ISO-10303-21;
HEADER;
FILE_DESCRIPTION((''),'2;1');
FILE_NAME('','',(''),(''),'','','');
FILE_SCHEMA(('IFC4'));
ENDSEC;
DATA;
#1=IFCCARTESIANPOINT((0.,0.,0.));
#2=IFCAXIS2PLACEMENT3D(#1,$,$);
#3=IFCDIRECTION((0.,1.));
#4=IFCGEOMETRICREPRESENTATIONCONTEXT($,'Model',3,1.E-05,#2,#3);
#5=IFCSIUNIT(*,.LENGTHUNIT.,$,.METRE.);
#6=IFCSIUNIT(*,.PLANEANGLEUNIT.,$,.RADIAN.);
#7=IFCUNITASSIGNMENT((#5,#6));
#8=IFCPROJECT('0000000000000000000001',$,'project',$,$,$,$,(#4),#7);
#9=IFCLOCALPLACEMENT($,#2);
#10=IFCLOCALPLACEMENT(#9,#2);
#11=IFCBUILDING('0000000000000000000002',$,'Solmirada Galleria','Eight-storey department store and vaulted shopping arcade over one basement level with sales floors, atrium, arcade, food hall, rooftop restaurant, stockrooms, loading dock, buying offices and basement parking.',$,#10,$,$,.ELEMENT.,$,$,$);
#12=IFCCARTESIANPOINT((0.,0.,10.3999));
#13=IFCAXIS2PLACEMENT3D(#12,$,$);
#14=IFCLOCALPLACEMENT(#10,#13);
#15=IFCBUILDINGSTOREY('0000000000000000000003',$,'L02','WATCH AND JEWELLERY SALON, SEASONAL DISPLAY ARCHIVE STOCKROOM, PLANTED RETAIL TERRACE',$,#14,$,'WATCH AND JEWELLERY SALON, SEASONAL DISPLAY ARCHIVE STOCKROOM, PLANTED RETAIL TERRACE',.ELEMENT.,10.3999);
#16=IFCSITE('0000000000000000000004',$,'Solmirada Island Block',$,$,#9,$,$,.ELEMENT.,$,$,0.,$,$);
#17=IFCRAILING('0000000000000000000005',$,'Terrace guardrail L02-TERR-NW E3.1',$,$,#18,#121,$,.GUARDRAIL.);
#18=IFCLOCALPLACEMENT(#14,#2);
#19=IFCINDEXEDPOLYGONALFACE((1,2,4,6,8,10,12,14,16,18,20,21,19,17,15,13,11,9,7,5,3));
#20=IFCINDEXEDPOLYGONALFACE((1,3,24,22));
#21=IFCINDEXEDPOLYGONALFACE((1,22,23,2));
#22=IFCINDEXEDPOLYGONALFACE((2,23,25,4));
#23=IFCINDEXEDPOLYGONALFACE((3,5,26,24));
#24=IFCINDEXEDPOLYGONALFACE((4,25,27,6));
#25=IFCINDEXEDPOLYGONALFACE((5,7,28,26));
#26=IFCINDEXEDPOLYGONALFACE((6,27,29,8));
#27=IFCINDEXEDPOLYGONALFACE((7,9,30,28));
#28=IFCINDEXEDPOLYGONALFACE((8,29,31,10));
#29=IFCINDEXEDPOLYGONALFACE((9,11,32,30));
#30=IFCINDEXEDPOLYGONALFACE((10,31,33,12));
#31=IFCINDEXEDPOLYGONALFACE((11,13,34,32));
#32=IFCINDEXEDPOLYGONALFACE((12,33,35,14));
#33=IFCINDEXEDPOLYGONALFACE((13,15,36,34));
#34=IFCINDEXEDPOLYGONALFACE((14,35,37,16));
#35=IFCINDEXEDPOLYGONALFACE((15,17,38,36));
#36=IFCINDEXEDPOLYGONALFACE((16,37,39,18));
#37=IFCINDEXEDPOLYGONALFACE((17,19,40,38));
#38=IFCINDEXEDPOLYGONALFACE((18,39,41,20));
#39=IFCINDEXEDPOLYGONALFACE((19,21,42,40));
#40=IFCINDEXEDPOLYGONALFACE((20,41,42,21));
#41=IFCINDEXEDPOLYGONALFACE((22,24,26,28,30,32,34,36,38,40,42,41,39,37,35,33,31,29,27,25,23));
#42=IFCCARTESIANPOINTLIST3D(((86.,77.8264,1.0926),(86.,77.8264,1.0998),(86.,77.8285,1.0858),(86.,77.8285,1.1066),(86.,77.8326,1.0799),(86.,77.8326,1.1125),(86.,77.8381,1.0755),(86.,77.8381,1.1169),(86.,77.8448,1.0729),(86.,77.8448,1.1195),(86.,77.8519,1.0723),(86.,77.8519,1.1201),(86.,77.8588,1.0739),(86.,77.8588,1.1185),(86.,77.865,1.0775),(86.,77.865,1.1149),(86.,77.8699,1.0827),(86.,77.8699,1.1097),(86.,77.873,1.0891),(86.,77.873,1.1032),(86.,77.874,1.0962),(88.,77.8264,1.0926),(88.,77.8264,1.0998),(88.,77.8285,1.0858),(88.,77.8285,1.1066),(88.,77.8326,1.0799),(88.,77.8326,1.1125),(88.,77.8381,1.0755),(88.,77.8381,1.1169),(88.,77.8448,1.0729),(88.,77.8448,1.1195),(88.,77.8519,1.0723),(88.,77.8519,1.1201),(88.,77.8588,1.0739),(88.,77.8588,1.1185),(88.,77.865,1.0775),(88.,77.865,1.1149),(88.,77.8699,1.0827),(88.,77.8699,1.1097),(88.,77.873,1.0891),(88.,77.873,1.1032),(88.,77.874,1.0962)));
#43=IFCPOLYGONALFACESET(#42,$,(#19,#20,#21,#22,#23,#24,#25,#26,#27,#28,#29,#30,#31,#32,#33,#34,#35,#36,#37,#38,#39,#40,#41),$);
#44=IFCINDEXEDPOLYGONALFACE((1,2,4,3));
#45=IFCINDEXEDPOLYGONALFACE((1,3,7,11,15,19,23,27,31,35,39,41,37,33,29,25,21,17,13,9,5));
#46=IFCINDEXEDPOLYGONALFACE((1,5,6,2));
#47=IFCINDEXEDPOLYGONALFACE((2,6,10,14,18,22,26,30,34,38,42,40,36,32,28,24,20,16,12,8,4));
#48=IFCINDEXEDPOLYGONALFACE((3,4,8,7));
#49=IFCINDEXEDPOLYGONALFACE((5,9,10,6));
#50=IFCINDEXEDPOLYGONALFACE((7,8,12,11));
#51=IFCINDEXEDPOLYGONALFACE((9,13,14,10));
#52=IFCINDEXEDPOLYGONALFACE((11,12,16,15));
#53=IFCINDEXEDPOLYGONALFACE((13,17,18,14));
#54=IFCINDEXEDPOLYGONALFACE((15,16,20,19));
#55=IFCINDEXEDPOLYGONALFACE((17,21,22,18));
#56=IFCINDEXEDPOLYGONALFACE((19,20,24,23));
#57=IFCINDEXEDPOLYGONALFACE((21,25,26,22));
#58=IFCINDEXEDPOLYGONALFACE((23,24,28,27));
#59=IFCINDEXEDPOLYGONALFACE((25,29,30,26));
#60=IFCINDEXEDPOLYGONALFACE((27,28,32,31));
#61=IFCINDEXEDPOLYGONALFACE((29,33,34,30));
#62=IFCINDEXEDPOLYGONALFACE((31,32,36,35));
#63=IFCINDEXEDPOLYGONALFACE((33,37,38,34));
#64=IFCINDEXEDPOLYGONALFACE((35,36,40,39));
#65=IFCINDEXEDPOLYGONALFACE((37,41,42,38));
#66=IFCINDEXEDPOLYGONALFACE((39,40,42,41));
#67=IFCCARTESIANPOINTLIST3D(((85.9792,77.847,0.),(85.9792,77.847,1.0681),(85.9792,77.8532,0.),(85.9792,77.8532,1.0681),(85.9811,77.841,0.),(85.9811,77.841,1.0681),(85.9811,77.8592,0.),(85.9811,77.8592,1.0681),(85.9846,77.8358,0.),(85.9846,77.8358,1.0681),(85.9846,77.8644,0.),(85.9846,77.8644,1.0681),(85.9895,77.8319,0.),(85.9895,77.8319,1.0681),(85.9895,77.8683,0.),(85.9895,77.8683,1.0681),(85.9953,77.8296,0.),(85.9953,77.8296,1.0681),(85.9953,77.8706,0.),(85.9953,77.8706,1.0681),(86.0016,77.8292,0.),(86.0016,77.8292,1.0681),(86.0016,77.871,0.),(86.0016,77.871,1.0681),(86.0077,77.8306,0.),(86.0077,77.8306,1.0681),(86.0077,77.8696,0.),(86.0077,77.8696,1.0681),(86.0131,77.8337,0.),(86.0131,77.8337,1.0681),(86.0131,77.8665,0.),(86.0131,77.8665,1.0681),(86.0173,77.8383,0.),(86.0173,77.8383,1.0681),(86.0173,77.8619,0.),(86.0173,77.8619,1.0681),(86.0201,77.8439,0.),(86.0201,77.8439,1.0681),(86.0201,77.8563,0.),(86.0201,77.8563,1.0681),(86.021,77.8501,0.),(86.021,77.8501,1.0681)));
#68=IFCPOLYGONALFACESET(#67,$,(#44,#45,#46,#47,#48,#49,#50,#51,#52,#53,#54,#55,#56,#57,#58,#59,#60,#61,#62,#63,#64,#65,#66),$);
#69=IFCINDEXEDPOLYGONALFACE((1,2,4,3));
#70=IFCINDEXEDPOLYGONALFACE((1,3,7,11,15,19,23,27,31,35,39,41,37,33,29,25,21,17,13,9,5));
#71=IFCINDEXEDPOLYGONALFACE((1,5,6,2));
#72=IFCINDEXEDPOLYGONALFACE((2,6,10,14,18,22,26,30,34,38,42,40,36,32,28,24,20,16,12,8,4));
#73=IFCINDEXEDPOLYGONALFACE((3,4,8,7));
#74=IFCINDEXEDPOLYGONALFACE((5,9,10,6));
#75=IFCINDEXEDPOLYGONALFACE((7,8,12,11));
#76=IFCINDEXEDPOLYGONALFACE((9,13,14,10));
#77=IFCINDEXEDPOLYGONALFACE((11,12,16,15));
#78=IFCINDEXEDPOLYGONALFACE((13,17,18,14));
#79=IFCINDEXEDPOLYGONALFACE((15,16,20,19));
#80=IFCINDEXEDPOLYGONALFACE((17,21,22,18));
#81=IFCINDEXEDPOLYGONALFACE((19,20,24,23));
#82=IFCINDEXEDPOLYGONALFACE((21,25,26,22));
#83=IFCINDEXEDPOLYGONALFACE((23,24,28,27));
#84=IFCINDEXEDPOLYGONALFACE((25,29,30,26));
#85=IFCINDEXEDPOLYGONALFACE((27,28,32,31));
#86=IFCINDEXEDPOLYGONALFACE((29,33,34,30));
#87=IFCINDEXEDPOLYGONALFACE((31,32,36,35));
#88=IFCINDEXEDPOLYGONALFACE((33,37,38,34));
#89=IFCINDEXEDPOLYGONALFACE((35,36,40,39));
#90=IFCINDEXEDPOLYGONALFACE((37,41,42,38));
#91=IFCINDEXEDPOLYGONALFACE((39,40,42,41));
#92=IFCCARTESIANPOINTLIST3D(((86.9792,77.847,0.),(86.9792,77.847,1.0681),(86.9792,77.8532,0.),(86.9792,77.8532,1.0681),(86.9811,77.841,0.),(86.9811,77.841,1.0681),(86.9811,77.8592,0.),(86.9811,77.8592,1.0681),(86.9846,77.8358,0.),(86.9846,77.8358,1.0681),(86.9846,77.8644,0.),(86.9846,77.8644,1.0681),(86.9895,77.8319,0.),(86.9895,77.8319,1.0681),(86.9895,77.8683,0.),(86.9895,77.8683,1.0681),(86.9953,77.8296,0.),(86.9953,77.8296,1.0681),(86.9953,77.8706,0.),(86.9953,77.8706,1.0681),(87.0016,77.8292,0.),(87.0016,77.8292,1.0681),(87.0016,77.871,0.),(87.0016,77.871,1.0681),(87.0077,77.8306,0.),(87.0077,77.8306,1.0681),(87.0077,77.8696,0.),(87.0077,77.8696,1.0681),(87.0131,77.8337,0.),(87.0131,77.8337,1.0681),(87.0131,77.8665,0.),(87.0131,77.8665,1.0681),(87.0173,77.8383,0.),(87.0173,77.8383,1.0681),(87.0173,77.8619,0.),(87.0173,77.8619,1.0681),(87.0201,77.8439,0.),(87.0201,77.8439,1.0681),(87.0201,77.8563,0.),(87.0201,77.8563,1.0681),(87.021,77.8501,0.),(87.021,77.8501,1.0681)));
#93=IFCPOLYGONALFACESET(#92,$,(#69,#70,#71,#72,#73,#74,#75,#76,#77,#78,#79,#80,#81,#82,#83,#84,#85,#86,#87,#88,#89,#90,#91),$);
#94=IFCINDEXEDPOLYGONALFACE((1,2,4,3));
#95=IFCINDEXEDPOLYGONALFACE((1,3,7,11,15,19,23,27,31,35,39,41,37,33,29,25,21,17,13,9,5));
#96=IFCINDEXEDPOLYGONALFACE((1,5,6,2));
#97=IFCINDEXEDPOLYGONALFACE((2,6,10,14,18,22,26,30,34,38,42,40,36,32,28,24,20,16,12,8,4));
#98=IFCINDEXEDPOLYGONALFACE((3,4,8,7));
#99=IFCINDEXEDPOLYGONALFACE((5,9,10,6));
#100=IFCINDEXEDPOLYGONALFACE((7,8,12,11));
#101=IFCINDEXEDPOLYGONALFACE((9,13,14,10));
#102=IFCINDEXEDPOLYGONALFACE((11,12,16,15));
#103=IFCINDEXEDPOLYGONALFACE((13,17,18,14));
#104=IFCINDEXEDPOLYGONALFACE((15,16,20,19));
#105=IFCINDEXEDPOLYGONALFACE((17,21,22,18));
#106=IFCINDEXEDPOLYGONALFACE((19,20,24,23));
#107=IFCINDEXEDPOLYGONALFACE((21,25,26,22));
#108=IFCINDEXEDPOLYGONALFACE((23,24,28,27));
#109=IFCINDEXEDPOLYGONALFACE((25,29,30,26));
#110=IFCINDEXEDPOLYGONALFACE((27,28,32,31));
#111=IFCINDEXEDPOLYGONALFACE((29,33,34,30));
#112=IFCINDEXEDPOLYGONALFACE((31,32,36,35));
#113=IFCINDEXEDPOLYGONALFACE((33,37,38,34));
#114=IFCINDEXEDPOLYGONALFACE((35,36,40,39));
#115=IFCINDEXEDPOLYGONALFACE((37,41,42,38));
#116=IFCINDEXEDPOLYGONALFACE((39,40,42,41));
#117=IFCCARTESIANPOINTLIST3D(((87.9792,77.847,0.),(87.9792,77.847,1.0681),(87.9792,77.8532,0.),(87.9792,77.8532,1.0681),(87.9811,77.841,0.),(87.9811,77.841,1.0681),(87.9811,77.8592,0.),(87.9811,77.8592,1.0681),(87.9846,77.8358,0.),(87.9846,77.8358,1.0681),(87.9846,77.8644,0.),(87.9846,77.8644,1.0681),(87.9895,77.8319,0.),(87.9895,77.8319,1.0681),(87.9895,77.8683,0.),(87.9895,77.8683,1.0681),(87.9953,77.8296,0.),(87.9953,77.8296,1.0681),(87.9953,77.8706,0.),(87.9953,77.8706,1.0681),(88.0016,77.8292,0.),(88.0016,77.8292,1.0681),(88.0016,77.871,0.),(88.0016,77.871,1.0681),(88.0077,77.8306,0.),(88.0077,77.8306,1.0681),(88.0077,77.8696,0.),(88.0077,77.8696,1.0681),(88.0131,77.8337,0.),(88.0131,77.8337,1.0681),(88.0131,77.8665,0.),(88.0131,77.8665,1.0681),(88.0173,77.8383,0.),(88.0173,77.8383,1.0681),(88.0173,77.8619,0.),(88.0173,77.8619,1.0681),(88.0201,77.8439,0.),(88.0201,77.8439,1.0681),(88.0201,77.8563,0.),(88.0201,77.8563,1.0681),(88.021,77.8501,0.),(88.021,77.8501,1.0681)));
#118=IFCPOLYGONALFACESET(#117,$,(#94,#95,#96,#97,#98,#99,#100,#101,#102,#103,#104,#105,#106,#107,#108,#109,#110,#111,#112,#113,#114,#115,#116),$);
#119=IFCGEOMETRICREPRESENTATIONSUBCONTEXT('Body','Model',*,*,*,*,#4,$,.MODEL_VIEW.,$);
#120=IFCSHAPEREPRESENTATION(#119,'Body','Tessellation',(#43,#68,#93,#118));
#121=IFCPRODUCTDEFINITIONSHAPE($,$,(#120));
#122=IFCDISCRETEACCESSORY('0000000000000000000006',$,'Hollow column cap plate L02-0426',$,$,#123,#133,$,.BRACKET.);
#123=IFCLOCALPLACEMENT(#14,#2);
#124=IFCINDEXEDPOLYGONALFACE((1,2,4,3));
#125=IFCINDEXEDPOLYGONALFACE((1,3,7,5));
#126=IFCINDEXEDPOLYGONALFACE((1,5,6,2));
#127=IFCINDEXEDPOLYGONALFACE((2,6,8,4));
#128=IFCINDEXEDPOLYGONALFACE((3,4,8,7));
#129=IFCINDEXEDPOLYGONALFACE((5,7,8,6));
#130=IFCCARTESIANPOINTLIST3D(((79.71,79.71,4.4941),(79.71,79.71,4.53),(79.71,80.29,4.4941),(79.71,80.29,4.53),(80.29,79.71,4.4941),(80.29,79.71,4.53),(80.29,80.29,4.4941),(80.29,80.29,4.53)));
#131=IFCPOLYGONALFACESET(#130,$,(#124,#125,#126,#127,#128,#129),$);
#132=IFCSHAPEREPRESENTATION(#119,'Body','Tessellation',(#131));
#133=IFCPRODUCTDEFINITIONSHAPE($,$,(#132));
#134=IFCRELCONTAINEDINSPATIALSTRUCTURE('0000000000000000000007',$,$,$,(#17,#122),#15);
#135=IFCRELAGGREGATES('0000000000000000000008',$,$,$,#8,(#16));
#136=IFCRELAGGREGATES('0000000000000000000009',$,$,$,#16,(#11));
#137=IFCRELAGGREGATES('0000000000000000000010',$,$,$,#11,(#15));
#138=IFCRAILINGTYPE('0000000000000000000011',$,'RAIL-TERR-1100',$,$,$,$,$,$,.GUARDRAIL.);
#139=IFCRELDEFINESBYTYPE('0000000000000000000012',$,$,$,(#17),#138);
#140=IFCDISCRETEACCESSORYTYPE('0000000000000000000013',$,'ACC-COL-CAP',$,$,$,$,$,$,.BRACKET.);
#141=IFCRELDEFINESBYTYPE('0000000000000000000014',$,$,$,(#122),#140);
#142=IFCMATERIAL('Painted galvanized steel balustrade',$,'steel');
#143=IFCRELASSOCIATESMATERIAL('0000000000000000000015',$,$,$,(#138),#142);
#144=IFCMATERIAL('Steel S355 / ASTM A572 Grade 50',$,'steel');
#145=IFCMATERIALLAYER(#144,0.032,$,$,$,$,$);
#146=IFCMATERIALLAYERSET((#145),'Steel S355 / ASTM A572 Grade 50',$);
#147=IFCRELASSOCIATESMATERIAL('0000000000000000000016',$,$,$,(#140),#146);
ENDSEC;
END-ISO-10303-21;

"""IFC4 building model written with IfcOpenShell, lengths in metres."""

from ifc_helpers import new_model, si_unit, direction, frame, origin, origin_2d, place, context, subcontext, project, spatial, rectangle, circle, extrude, material, layer, layer_set, type_object, element, save


model = new_model("IFC4")

# Units and contexts
model_context = context("Model", 3, precision=1e-05, world=origin(), true_north=direction((0.0, 1.0)))
body_context = subcontext(model_context, "Body", "Model", "MODEL_VIEW")
ifc_project = project(units=[si_unit("LENGTHUNIT", "METRE"), si_unit("PLANEANGLEUNIT", "RADIAN")], contexts=[model_context])

# Site, building, storey
site_placement = place(None, origin())
site = spatial("IfcSite", under=ifc_project, at=site_placement, Name="Solmirada Island Block", CompositionType="ELEMENT", RefElevation=0.0)
building_placement = place(site_placement, origin())
building = spatial("IfcBuilding", under=site, at=building_placement, Name="Solmirada Galleria", Description="Eight-storey department store and vaulted shopping arcade over one basement level with sales floors, atrium, arcade, food hall, rooftop restaurant, stockrooms, loading dock, buying offices and basement parking.", CompositionType="ELEMENT")
storey_placement = place(building_placement, frame((0.0, 0.0, 10.3999)))
storey = spatial("IfcBuildingStorey", under=building, at=storey_placement, Name="L02", Description="WATCH AND JEWELLERY SALON, SEASONAL DISPLAY ARCHIVE STOCKROOM, PLANTED RETAIL TERRACE", LongName="WATCH AND JEWELLERY SALON, SEASONAL DISPLAY ARCHIVE STOCKROOM, PLANTED RETAIL TERRACE", CompositionType="ELEMENT", Elevation=10.3999)

# Railing
ifc_material_1 = material(Name="Painted galvanized steel balustrade", Category="steel")
railing_type = type_object("IfcRailingType", Name="RAIL-TERR-1100", PredefinedType="GUARDRAIL", material=ifc_material_1)
railing_1_placement = place(storey_placement, frame((86.0, 77.8501, 0.0)))
element("IfcRailing", 1, at=railing_1_placement, inside=storey, type_object=railing_type, Name="Terrace guardrail L02-TERR-NW E3.1", PredefinedType="GUARDRAIL", context=body_context, shape_type="SweptSolid", body=[
    extrude(circle(Radius=0.0239, at=origin_2d()), frame((0.0, 0.0, 1.0962), z_axis=(1.0, 0.0, 0.0), x_axis=(0.0, 1.0, 0.0)), (0.0, 0.0, 1.0), 2.0),
    extrude(circle(Radius=0.021, at=origin_2d()), origin(), (0.0, 0.0, 1.0), 1.0681),
    extrude(circle(Radius=0.021, at=origin_2d()), frame((1.0, 0.0, 0.0)), (0.0, 0.0, 1.0), 1.0681),
    extrude(circle(Radius=0.021, at=origin_2d()), frame((2.0, 0.0, 0.0)), (0.0, 0.0, 1.0), 1.0681),
])

# Discrete accessory
ifc_material_2 = material(Name="Steel S355 / ASTM A572 Grade 50", Category="steel")
ifc_layer_1 = layer(ifc_material_2, 0.032)
ifc_layer_set_1 = layer_set([ifc_layer_1], Name="Steel S355 / ASTM A572 Grade 50")
discrete_accessory_type = type_object("IfcDiscreteAccessoryType", Name="ACC-COL-CAP", PredefinedType="BRACKET", material=ifc_layer_set_1)
discrete_accessory_placement = place(storey_placement, frame((80.0, 80.0, 4.4941), z_axis=(0.0, 0.0, 1.0), x_axis=(1.0, 0.0, 0.0)))
element("IfcDiscreteAccessory", 2, at=discrete_accessory_placement, inside=storey, type_object=discrete_accessory_type, Name="Hollow column cap plate L02-0426", PredefinedType="BRACKET", context=body_context, shape_type="SweptSolid", body=[
    extrude(rectangle(XDim=0.5801, YDim=0.5801, at=origin_2d()), origin(), (0.0, 0.0, 1.0), 0.0359),
])

save(model, "model.ifc")
